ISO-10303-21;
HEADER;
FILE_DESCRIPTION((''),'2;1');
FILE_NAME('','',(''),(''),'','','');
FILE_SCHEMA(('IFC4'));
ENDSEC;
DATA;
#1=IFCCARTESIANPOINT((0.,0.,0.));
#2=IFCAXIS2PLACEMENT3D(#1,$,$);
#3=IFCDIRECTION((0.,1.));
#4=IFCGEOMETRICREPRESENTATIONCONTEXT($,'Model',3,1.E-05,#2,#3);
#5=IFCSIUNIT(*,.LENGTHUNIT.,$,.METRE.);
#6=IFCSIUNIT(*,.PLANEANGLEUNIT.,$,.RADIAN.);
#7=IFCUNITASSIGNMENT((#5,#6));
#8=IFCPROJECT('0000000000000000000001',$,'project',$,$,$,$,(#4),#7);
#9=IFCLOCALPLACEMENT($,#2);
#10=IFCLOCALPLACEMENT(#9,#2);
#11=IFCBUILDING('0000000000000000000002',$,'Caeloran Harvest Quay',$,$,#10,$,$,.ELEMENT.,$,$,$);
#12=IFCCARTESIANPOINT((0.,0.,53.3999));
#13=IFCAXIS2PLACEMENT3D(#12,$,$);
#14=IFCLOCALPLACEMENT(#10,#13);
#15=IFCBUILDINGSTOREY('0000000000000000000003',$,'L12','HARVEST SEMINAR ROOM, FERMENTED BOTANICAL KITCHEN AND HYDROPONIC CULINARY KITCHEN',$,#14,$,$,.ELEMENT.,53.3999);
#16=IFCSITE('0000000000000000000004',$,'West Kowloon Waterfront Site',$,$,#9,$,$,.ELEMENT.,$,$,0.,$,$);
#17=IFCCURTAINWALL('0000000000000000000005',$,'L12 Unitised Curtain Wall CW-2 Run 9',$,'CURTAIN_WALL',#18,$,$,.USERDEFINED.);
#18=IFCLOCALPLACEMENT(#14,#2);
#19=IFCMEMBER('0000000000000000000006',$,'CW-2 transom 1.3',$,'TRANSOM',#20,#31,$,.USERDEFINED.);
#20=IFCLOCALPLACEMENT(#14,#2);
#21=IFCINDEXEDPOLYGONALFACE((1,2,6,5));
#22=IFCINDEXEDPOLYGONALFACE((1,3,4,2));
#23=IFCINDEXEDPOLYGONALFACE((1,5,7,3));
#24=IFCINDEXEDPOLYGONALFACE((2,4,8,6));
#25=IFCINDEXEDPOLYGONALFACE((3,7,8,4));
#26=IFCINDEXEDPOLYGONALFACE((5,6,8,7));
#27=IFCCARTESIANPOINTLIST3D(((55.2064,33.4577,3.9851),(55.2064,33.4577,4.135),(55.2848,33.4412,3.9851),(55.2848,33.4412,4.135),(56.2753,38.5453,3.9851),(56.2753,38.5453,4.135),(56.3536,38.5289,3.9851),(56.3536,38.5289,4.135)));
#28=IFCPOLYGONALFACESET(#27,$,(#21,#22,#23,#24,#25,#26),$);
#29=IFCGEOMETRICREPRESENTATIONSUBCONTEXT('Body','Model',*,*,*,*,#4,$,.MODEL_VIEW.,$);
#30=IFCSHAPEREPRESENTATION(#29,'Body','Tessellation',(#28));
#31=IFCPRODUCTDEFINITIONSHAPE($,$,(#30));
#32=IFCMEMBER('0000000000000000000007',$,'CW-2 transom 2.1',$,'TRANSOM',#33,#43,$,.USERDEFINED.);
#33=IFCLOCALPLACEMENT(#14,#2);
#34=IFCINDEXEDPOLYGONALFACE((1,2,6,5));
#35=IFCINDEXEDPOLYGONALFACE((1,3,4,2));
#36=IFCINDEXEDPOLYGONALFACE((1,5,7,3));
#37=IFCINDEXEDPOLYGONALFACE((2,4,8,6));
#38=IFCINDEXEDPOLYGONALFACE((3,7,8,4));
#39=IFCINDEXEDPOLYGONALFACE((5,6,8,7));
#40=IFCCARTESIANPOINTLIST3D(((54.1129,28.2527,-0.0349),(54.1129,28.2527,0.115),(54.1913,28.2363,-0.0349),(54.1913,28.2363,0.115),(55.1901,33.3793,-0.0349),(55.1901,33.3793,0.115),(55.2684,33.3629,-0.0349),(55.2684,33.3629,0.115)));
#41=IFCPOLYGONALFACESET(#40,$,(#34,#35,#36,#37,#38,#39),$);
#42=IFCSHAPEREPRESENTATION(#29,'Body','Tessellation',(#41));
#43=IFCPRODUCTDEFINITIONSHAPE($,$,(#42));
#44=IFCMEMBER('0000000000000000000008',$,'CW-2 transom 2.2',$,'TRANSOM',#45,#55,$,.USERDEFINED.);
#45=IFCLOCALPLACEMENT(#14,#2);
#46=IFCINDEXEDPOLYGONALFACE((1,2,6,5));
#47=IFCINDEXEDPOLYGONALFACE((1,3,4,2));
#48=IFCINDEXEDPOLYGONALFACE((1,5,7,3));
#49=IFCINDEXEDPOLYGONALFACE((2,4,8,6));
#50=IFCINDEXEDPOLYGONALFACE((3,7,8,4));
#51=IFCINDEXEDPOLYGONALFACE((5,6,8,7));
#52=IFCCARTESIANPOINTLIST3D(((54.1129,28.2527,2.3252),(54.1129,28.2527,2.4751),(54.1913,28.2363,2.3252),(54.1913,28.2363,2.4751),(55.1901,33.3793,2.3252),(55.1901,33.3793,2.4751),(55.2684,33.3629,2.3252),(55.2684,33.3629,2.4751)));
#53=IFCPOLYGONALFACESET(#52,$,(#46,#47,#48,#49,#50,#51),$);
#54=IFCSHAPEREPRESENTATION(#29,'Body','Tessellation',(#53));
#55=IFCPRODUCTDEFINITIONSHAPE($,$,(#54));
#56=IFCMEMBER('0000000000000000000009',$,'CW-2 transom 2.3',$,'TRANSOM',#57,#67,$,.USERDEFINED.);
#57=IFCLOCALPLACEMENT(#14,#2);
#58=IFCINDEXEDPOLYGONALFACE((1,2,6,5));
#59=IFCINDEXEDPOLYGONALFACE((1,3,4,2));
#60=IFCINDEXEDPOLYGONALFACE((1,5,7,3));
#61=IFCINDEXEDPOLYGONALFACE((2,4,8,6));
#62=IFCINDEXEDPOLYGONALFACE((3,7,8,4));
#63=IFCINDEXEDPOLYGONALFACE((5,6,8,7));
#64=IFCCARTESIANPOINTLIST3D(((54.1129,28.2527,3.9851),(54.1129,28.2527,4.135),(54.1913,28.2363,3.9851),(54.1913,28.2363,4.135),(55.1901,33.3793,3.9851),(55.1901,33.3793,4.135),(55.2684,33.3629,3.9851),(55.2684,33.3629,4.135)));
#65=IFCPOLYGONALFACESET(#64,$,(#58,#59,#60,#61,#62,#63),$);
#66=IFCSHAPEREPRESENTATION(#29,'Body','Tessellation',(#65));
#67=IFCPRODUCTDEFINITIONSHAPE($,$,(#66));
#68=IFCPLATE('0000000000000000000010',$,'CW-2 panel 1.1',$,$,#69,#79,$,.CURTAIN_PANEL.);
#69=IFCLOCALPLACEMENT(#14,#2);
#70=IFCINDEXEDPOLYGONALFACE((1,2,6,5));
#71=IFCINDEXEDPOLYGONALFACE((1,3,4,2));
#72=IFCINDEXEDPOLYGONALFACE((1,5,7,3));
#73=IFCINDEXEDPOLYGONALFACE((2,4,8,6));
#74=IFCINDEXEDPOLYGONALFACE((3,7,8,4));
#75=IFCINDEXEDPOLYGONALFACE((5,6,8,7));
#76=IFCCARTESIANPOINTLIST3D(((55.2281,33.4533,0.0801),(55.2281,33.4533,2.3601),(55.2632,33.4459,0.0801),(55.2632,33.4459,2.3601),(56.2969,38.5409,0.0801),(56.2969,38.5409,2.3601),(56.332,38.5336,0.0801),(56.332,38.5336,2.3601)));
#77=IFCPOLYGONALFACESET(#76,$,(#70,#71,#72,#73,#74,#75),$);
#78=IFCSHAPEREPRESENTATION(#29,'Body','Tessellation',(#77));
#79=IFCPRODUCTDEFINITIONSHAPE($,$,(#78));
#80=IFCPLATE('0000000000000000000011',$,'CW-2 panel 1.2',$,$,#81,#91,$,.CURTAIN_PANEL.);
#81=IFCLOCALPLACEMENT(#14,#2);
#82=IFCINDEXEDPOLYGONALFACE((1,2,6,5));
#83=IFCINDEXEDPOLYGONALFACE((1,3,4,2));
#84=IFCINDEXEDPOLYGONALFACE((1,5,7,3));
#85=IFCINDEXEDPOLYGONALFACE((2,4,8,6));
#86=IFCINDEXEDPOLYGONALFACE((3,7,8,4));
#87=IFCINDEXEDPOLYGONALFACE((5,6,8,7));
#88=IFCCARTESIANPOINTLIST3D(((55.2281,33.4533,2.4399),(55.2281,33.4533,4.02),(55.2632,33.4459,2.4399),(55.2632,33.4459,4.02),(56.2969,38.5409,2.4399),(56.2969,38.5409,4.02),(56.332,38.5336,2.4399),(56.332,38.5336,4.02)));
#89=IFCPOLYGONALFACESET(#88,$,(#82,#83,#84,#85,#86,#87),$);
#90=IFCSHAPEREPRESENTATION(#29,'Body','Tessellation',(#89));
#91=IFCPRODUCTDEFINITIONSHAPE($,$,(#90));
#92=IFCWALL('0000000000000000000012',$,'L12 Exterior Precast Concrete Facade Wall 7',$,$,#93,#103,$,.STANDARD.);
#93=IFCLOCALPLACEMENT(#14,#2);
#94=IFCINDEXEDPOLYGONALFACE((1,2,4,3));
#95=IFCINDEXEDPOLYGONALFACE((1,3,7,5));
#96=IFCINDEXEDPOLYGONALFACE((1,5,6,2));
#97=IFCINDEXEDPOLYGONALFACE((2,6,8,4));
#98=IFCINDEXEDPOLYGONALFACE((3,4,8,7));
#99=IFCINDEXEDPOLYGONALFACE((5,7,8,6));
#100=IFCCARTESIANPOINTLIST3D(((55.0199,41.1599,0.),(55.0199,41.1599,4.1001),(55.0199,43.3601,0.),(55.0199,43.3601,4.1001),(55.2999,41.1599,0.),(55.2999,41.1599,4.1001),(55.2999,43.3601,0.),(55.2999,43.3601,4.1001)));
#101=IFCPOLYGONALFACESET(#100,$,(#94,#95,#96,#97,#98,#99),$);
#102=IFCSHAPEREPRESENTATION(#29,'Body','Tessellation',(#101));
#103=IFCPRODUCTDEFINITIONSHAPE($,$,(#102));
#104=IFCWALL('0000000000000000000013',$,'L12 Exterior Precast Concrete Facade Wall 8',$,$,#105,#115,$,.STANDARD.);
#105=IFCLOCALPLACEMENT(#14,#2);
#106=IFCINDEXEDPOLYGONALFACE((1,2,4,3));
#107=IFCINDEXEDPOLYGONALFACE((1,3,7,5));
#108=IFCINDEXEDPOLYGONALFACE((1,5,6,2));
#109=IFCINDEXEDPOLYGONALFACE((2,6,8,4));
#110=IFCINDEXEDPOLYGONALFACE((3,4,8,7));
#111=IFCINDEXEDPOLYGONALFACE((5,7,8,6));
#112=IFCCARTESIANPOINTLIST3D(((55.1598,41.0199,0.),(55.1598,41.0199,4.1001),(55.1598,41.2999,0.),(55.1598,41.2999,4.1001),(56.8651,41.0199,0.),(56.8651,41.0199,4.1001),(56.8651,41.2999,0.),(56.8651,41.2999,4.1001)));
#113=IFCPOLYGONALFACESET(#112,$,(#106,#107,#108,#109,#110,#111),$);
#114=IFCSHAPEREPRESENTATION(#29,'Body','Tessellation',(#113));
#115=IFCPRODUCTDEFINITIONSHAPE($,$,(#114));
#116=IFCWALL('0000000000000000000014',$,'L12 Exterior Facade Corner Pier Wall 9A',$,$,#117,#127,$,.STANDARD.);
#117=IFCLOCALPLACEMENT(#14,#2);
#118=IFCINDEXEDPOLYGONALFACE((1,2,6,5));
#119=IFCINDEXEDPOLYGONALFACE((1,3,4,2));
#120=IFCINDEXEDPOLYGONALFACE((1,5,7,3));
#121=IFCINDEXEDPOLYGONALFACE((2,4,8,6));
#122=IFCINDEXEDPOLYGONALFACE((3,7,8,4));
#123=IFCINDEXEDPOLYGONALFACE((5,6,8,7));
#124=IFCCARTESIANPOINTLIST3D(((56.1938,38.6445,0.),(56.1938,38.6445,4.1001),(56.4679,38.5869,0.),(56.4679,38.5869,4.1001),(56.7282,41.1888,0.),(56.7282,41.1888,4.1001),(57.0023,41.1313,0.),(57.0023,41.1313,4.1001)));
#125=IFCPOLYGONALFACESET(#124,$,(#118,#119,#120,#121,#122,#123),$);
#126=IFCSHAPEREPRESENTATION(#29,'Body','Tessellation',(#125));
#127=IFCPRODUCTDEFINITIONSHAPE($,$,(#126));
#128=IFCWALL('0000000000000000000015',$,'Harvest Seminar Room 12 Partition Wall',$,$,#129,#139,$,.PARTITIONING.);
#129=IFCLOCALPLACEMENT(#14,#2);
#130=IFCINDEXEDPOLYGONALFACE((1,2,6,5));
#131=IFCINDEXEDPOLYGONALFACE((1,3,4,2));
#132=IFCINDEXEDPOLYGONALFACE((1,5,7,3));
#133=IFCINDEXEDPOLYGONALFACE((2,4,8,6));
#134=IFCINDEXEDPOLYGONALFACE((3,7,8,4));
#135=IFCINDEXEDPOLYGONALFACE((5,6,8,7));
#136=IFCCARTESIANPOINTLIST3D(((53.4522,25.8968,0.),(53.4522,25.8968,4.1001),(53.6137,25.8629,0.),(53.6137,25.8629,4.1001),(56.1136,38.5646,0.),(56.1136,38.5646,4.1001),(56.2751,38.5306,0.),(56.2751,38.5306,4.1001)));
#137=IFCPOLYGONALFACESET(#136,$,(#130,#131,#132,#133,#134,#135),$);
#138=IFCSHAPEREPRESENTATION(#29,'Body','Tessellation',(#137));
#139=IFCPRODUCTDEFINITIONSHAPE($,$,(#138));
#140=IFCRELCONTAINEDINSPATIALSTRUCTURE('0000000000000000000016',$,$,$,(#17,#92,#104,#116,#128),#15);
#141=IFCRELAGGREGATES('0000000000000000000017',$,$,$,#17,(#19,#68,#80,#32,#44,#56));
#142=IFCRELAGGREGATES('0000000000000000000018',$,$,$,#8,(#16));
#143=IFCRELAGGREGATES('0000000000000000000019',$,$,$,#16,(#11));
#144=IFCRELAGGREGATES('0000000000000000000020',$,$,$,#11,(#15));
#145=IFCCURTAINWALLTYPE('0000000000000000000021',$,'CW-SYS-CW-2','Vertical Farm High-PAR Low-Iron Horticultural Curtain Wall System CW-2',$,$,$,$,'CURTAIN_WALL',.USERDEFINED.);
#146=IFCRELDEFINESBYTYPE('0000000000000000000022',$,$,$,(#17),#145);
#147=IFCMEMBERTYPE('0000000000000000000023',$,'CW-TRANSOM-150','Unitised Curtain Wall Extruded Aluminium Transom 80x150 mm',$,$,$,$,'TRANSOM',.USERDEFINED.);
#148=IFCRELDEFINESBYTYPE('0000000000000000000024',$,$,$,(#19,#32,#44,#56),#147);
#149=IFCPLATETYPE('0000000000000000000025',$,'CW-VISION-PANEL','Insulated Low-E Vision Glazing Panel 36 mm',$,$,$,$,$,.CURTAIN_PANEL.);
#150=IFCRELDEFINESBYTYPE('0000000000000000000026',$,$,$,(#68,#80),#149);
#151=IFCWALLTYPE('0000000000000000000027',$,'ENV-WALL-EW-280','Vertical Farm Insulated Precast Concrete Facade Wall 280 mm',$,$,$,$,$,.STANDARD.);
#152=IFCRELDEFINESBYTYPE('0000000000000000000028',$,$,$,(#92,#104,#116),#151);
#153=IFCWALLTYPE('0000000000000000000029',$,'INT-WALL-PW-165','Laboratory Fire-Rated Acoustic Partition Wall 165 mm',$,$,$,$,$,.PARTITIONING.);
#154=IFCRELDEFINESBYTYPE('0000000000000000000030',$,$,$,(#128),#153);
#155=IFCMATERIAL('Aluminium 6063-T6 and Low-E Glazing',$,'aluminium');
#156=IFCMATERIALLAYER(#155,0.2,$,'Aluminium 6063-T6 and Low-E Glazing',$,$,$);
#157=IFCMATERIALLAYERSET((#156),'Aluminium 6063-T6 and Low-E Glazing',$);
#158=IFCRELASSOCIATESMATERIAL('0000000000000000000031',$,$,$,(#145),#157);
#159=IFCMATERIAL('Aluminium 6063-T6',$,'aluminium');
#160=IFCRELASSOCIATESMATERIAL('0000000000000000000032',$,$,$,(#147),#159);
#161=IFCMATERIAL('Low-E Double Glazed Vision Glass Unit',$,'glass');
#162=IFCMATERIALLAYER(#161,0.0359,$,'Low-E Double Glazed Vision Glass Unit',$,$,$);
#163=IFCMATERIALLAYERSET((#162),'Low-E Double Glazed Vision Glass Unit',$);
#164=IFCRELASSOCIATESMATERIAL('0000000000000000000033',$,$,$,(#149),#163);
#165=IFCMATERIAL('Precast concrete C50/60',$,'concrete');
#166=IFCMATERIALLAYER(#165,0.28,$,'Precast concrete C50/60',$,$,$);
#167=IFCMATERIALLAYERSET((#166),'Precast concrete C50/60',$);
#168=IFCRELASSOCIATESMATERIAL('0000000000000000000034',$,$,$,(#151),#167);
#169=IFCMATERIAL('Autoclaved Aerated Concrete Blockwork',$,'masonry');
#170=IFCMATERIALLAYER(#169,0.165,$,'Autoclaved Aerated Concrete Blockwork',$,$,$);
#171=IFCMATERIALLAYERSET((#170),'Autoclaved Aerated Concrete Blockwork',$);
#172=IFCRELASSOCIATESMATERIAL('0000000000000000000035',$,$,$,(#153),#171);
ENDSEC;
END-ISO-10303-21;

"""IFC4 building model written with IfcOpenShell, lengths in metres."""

from ifc_helpers import new_model, si_unit, direction, frame, frame_2d, origin, origin_2d, place, context, subcontext, project, spatial, rectangle, extrude, material, layer, layer_set, material_profile, profile_set, type_object, element, aggregate, save


model = new_model("IFC4")

# Units and contexts
model_context = context("Model", 3, precision=1e-05, world=origin(), true_north=direction((0.0, 1.0)))
body_context = subcontext(model_context, "Body", "Model", "MODEL_VIEW")
ifc_project = project(units=[si_unit("LENGTHUNIT", "METRE"), si_unit("PLANEANGLEUNIT", "RADIAN")], contexts=[model_context])

# Site, building, storey
site_placement = place(None, origin())
site = spatial("IfcSite", under=ifc_project, at=site_placement, Name="West Kowloon Waterfront Site", CompositionType="ELEMENT", RefElevation=0.0)
building_placement = place(site_placement, origin())
building = spatial("IfcBuilding", under=site, at=building_placement, Name="Caeloran Harvest Quay", CompositionType="ELEMENT")
storey_placement = place(building_placement, frame((0.0, 0.0, 53.3999)))
storey = spatial("IfcBuildingStorey", under=building, at=storey_placement, Name="L12", Description="HARVEST SEMINAR ROOM, FERMENTED BOTANICAL KITCHEN AND HYDROPONIC CULINARY KITCHEN", CompositionType="ELEMENT", Elevation=53.3999)

# Curtain wall, members, plates
ifc_material_1 = material(Name="Aluminium 6063-T6 and Low-E Glazing", Category="aluminium")
ifc_layer_1 = layer(ifc_material_1, 0.2, Name="Aluminium 6063-T6 and Low-E Glazing")
ifc_layer_set_1 = layer_set([ifc_layer_1], Name="Aluminium 6063-T6 and Low-E Glazing")
curtain_wall_type = type_object("IfcCurtainWallType", Name="CW-SYS-CW-2", Description="Vertical Farm High-PAR Low-Iron Horticultural Curtain Wall System CW-2", ElementType="CURTAIN_WALL", PredefinedType="USERDEFINED", material=ifc_layer_set_1)
curtain_wall_placement = place(storey_placement, origin())
curtain_wall = element("IfcCurtainWall", 1, at=curtain_wall_placement, inside=storey, type_object=curtain_wall_type, Name="L12 Unitised Curtain Wall CW-2 Run 9", ObjectType="CURTAIN_WALL", PredefinedType="USERDEFINED")
ifc_material_2 = material(Name="Aluminium 6063-T6", Category="aluminium")
ifc_material_profile_1 = material_profile(ifc_material_2, rectangle(XDim=0.0801, YDim=0.1499, at=origin_2d()), Name="CW-TRANSOM-150")
ifc_profile_set_1 = profile_set([ifc_material_profile_1], Name="Aluminium 6063-T6")
member_type_1 = type_object("IfcMemberType", Name="CW-TRANSOM-150", Description="Unitised Curtain Wall Extruded Aluminium Transom 80x150 mm", ElementType="TRANSOM", PredefinedType="USERDEFINED", material=ifc_profile_set_1)
member_1_placement = place(storey_placement, frame((56.3145, 38.5371, 4.0601), z_axis=(-0.205599, -0.978636, 0.0), x_axis=(0.978636, -0.205599, 0.0)))
member_1 = element("IfcMember", 2, at=member_1_placement, type_object=member_type_1, Name="CW-2 transom 1.3", ObjectType="TRANSOM", PredefinedType="USERDEFINED", context=body_context, shape_type="SweptSolid", body=[
    extrude(rectangle(XDim=0.0801, YDim=0.1499, at=origin_2d()), origin(), (0.0, 0.0, 1.0), 5.1987),
])
member_2_placement = place(storey_placement, frame((55.2292, 33.3711, 0.04), z_axis=(-0.205616, -0.978633, 0.0), x_axis=(0.978633, -0.205616, 0.0)))
member_2 = element("IfcMember", 3, at=member_2_placement, type_object=member_type_1, Name="CW-2 transom 2.1", ObjectType="TRANSOM", PredefinedType="USERDEFINED", context=body_context, shape_type="SweptSolid", body=[
    extrude(rectangle(XDim=0.0801, YDim=0.1499, at=origin_2d()), origin(), (0.0, 0.0, 1.0), 5.2385),
])
member_3_placement = place(storey_placement, frame((55.2292, 33.3711, 2.4001), z_axis=(-0.205616, -0.978633, 0.0), x_axis=(0.978633, -0.205616, 0.0)))
member_3 = element("IfcMember", 4, at=member_3_placement, type_object=member_type_1, Name="CW-2 transom 2.2", ObjectType="TRANSOM", PredefinedType="USERDEFINED", context=body_context, shape_type="SweptSolid", body=[
    extrude(rectangle(XDim=0.0801, YDim=0.1499, at=origin_2d()), origin(), (0.0, 0.0, 1.0), 5.2385),
])
member_4_placement = place(storey_placement, frame((55.2292, 33.3711, 4.0601), z_axis=(-0.205616, -0.978633, 0.0), x_axis=(0.978633, -0.205616, 0.0)))
member_4 = element("IfcMember", 5, at=member_4_placement, type_object=member_type_1, Name="CW-2 transom 2.3", ObjectType="TRANSOM", PredefinedType="USERDEFINED", context=body_context, shape_type="SweptSolid", body=[
    extrude(rectangle(XDim=0.0801, YDim=0.1499, at=origin_2d()), origin(), (0.0, 0.0, 1.0), 5.2385),
])
ifc_material_3 = material(Name="Low-E Double Glazed Vision Glass Unit", Category="glass")
ifc_layer_2 = layer(ifc_material_3, 0.0359, Name="Low-E Double Glazed Vision Glass Unit")
ifc_layer_set_2 = layer_set([ifc_layer_2], Name="Low-E Double Glazed Vision Glass Unit")
plate_type = type_object("IfcPlateType", Name="CW-VISION-PANEL", Description="Insulated Low-E Vision Glazing Panel 36 mm", PredefinedType="CURTAIN_PANEL", material=ifc_layer_set_2)
plate_1_placement = place(storey_placement, frame((55.78, 35.9934, 0.0801), z_axis=(0.0, 0.0, 1.0), x_axis=(-0.205583, -0.97864, 0.0)))
plate_1 = element("IfcPlate", 6, at=plate_1_placement, type_object=plate_type, Name="CW-2 panel 1.1", PredefinedType="CURTAIN_PANEL", context=body_context, shape_type="SweptSolid", body=[
    extrude(rectangle(XDim=5.1987, YDim=0.0359, at=origin_2d()), origin(), (0.0, 0.0, 1.0), 2.28),
])
plate_2_placement = place(storey_placement, frame((55.78, 35.9934, 2.4399), z_axis=(0.0, 0.0, 1.0), x_axis=(-0.205583, -0.97864, 0.0)))
plate_2 = element("IfcPlate", 7, at=plate_2_placement, type_object=plate_type, Name="CW-2 panel 1.2", PredefinedType="CURTAIN_PANEL", context=body_context, shape_type="SweptSolid", body=[
    extrude(rectangle(XDim=5.1987, YDim=0.0359, at=origin_2d()), origin(), (0.0, 0.0, 1.0), 1.5801),
])
aggregate(curtain_wall, [member_1, plate_1, plate_2, member_2, member_3, member_4])

# Walls
ifc_material_4 = material(Name="Precast concrete C50/60", Category="concrete")
ifc_layer_3 = layer(ifc_material_4, 0.28, Name="Precast concrete C50/60")
ifc_layer_set_3 = layer_set([ifc_layer_3], Name="Precast concrete C50/60")
wall_type_1 = type_object("IfcWallType", Name="ENV-WALL-EW-280", Description="Vertical Farm Insulated Precast Concrete Facade Wall 280 mm", PredefinedType="STANDARD", material=ifc_layer_set_3)
wall_1_placement = place(storey_placement, frame((55.1599, 43.3601, 0.0), z_axis=(0.0, 0.0, 1.0), x_axis=(0.0, -1.0, 0.0)))
element("IfcWall", 8, at=wall_1_placement, inside=storey, type_object=wall_type_1, Name="L12 Exterior Precast Concrete Facade Wall 7", PredefinedType="STANDARD", context=body_context, shape_type="SweptSolid", body=[
    extrude(rectangle(XDim=2.2002, YDim=0.28, at=frame_2d((1.1001, 0.0))), origin(), (0.0, 0.0, 1.0), 4.1001),
])
wall_2_placement = place(storey_placement, frame((55.1599, 41.1599, 0.0), z_axis=(0.0, 0.0, 1.0), x_axis=(1.0, 0.0, 0.0)))
element("IfcWall", 9, at=wall_2_placement, inside=storey, type_object=wall_type_1, Name="L12 Exterior Precast Concrete Facade Wall 8", PredefinedType="STANDARD", context=body_context, shape_type="SweptSolid", body=[
    extrude(rectangle(XDim=1.7053, YDim=0.28, at=frame_2d((0.8525, 0.0))), origin(), (0.0, 0.0, 1.0), 4.1001),
])
wall_3_placement = place(storey_placement, frame((56.8652, 41.1599, 0.0), z_axis=(0.0, 0.0, 1.0), x_axis=(-0.205551, -0.978646, 0.0)))
element("IfcWall", 10, at=wall_3_placement, inside=storey, type_object=wall_type_1, Name="L12 Exterior Facade Corner Pier Wall 9A", PredefinedType="STANDARD", context=body_context, shape_type="SweptSolid", body=[
    extrude(rectangle(XDim=2.5999, YDim=0.28, at=frame_2d((1.2998, 0.0))), origin(), (0.0, 0.0, 1.0), 4.1001),
])
ifc_material_5 = material(Name="Autoclaved Aerated Concrete Blockwork", Category="masonry")
ifc_layer_4 = layer(ifc_material_5, 0.165, Name="Autoclaved Aerated Concrete Blockwork")
ifc_layer_set_4 = layer_set([ifc_layer_4], Name="Autoclaved Aerated Concrete Blockwork")
wall_type_2 = type_object("IfcWallType", Name="INT-WALL-PW-165", Description="Laboratory Fire-Rated Acoustic Partition Wall 165 mm", PredefinedType="PARTITIONING", material=ifc_layer_set_4)
wall_4_placement = place(storey_placement, frame((56.1943, 38.5476, 0.0), z_axis=(0.0, 0.0, 1.0), x_axis=(-0.205603, -0.978636, 0.0)))
element("IfcWall", 11, at=wall_4_placement, inside=storey, type_object=wall_type_2, Name="Harvest Seminar Room 12 Partition Wall", PredefinedType="PARTITIONING", context=body_context, shape_type="SweptSolid", body=[
    extrude(rectangle(XDim=12.9443, YDim=0.165, at=frame_2d((6.4722, 0.0))), origin(), (0.0, 0.0, 1.0), 4.1001),
])

save(model, "model.ifc")
